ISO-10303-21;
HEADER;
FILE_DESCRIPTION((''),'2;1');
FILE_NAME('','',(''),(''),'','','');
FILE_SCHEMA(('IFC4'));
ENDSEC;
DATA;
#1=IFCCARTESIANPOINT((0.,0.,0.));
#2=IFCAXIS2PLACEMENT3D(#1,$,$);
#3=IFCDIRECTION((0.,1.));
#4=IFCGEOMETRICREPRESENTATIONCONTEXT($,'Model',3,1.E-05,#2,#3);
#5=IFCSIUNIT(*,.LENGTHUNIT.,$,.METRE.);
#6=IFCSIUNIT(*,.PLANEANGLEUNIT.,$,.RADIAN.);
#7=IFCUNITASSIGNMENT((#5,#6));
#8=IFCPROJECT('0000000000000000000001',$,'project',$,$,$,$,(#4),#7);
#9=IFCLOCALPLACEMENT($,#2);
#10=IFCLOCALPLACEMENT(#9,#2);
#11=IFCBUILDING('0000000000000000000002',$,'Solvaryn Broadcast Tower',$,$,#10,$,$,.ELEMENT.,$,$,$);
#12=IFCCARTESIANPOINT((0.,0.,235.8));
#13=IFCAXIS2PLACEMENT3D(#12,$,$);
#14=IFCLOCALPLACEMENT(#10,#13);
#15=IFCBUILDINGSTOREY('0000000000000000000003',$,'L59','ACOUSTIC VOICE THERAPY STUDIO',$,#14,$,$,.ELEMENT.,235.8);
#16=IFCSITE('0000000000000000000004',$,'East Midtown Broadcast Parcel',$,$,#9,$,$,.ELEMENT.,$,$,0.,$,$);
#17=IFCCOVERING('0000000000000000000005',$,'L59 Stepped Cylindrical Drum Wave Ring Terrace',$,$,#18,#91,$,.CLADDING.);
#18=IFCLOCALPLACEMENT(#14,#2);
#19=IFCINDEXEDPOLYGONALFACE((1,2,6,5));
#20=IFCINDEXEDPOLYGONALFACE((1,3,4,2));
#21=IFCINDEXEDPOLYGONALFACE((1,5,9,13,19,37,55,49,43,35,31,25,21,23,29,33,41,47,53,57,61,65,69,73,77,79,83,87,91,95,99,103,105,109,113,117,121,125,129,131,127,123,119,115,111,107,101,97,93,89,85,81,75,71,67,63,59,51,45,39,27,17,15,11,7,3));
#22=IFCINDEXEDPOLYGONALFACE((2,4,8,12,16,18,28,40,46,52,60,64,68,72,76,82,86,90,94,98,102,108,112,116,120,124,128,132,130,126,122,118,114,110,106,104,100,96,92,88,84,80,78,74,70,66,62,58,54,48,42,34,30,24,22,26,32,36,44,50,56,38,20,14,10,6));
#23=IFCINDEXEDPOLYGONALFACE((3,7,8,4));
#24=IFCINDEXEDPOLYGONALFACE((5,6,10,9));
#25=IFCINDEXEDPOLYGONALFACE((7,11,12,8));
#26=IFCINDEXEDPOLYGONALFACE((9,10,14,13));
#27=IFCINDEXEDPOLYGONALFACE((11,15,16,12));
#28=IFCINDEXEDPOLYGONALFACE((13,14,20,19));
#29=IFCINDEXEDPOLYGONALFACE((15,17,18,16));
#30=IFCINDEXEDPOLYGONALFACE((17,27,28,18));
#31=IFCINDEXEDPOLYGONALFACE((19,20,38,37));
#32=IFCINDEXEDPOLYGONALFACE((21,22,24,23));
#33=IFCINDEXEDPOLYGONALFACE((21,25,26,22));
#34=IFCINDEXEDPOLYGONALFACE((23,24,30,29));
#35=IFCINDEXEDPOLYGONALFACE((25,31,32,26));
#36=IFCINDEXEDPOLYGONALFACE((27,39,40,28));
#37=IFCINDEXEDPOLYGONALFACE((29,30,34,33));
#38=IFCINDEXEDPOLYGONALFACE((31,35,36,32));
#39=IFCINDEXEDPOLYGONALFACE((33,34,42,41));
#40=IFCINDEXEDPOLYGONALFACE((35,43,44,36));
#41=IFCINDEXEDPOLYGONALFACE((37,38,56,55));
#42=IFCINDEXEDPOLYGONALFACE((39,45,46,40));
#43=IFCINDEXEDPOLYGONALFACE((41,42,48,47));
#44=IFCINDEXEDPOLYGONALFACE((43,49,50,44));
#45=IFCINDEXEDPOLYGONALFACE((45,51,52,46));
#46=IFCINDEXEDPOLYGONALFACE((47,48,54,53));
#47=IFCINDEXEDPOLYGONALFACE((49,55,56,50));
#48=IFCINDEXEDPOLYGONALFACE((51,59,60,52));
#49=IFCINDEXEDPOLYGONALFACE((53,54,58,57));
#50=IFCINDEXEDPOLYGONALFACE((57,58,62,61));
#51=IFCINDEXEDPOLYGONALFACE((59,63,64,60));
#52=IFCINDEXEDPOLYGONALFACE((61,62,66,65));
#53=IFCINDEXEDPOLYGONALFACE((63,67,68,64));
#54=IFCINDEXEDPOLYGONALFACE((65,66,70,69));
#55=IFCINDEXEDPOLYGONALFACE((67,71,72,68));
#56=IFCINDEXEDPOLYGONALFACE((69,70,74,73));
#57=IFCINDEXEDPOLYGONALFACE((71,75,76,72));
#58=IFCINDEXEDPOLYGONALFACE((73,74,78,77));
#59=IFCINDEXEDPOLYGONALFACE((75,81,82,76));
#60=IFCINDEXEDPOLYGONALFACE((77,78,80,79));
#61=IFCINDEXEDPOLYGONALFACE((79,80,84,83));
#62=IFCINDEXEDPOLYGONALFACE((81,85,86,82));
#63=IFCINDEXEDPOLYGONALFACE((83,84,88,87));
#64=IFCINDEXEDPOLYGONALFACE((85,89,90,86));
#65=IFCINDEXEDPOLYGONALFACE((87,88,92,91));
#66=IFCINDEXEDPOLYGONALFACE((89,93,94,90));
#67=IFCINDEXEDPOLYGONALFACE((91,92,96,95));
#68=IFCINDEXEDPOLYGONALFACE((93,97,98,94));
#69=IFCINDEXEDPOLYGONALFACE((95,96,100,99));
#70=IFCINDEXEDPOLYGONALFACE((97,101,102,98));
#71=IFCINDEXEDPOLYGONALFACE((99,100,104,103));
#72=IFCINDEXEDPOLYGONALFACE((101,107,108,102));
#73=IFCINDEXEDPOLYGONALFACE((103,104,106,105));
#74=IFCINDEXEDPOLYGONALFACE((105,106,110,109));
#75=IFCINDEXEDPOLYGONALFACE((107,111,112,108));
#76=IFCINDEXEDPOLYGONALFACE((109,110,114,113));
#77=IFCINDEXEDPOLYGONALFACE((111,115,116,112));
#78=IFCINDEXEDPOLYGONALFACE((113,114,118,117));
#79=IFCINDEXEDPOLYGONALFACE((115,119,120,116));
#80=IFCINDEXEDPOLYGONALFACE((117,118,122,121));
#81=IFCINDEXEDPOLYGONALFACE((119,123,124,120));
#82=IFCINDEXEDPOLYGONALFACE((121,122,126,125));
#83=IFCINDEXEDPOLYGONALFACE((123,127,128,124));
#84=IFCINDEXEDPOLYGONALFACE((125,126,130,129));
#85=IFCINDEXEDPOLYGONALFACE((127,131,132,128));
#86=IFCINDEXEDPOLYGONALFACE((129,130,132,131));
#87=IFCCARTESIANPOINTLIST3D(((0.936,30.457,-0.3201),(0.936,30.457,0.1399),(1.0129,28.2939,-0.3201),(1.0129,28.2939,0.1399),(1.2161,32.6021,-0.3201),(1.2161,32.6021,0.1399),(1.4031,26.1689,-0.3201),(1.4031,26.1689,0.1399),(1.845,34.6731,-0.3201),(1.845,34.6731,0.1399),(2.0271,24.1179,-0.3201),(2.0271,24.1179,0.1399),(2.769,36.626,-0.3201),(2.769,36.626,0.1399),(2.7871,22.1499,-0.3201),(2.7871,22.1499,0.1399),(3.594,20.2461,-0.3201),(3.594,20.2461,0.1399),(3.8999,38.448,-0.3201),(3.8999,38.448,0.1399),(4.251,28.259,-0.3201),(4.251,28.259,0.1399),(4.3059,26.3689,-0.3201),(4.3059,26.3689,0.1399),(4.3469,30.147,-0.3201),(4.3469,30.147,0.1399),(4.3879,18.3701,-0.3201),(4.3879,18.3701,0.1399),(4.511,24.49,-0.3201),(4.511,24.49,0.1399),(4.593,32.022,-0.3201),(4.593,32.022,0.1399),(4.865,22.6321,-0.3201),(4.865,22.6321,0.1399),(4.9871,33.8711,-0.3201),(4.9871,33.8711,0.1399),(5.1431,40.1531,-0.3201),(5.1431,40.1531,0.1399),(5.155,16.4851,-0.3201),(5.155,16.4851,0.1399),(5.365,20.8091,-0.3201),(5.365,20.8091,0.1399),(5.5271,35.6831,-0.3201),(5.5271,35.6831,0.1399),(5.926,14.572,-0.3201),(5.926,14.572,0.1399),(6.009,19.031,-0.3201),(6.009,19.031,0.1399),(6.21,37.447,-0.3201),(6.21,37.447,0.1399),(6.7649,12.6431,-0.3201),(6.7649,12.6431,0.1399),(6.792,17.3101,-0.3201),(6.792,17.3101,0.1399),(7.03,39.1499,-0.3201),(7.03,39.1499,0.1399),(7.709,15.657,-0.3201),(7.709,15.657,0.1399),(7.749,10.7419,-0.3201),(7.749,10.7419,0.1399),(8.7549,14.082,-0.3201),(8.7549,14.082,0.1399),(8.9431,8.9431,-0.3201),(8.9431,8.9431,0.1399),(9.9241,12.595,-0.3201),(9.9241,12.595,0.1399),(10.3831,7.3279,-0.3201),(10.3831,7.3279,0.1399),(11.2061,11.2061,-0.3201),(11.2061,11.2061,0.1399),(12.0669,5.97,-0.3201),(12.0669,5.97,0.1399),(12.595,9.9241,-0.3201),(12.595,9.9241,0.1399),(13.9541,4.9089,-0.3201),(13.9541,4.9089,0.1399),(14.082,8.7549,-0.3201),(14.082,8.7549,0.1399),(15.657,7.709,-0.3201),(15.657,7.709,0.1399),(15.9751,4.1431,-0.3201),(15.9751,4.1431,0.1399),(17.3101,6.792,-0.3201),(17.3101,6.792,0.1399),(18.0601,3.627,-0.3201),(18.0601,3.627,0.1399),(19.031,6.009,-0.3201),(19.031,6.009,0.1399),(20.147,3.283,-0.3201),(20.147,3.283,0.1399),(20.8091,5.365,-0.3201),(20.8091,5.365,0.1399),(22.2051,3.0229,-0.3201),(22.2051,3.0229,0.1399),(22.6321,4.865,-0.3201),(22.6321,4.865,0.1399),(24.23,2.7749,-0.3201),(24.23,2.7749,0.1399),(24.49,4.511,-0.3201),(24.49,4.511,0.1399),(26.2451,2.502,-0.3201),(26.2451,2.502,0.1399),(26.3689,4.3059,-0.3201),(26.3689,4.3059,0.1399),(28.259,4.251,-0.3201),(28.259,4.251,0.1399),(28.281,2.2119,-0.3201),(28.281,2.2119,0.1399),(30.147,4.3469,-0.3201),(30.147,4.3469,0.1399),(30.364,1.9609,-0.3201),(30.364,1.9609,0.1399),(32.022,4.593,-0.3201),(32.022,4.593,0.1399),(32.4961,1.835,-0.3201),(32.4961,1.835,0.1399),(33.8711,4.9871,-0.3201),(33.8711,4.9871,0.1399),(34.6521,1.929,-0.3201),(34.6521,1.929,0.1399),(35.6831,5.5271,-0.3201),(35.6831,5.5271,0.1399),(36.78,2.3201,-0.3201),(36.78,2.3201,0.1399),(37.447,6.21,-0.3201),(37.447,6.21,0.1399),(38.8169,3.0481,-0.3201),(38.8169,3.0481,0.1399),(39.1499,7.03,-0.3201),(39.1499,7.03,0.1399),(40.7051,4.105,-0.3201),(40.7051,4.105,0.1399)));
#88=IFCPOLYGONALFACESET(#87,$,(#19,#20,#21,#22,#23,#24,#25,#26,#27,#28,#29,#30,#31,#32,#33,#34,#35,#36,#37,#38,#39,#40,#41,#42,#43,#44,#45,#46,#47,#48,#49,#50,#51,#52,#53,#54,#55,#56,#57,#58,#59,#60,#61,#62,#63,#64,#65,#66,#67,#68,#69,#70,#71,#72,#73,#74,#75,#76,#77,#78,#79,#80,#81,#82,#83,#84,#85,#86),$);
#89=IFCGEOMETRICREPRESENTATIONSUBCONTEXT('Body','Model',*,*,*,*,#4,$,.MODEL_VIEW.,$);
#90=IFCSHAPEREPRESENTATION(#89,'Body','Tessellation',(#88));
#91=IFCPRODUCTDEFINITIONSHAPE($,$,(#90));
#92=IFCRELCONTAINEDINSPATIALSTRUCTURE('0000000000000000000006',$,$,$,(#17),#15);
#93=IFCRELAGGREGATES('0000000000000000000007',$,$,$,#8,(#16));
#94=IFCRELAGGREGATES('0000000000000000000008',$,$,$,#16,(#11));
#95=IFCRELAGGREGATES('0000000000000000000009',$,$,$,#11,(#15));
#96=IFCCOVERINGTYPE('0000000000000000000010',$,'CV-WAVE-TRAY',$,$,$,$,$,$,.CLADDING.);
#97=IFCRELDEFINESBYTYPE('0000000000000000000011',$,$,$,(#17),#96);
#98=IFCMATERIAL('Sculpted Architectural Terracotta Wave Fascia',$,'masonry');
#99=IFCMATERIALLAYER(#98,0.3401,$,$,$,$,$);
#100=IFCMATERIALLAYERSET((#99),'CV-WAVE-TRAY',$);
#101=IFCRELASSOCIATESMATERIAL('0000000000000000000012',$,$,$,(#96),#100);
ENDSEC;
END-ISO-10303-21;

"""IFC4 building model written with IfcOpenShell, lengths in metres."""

from ifc_helpers import new_model, si_unit, direction, frame, origin, place, context, subcontext, project, spatial, polyline, outline, extrude, material, layer, layer_set, type_object, element, save


model = new_model("IFC4")

# Units and contexts
model_context = context("Model", 3, precision=1e-05, world=origin(), true_north=direction((0.0, 1.0)))
body_context = subcontext(model_context, "Body", "Model", "MODEL_VIEW")
ifc_project = project(units=[si_unit("LENGTHUNIT", "METRE"), si_unit("PLANEANGLEUNIT", "RADIAN")], contexts=[model_context])

# Site, building, storey
site_placement = place(None, origin())
site = spatial("IfcSite", under=ifc_project, at=site_placement, Name="East Midtown Broadcast Parcel", CompositionType="ELEMENT", RefElevation=0.0)
building_placement = place(site_placement, origin())
building = spatial("IfcBuilding", under=site, at=building_placement, Name="Solvaryn Broadcast Tower", CompositionType="ELEMENT")
storey_placement = place(building_placement, frame((0.0, 0.0, 235.8)))
storey = spatial("IfcBuildingStorey", under=building, at=storey_placement, Name="L59", Description="ACOUSTIC VOICE THERAPY STUDIO", CompositionType="ELEMENT", Elevation=235.8)

# Covering
ifc_material_1 = material(Name="Sculpted Architectural Terracotta Wave Fascia", Category="masonry")
ifc_layer_1 = layer(ifc_material_1, 0.3401)
ifc_layer_set_1 = layer_set([ifc_layer_1], Name="CV-WAVE-TRAY")
covering_type_1 = type_object("IfcCoveringType", Name="CV-WAVE-TRAY", PredefinedType="CLADDING", material=ifc_layer_set_1)
covering_1_placement = place(storey_placement, frame((0.0, 0.0, -0.3201)))
element("IfcCovering", 1, at=covering_1_placement, inside=storey, type_object=covering_type_1, Name="L59 Stepped Cylindrical Drum Wave Ring Terrace", PredefinedType="CLADDING", context=body_context, shape_type="SweptSolid", body=[
    extrude(outline(polyline([(5.1431, 40.1531), (3.8999, 38.448), (2.769, 36.626), (1.845, 34.6731), (1.2161, 32.6021), (0.936, 30.457), (1.0129, 28.2939), (1.4031, 26.1689), (2.0271, 24.1179), (2.7871, 22.1499), (3.594, 20.2461), (4.3879, 18.3701), (5.155, 16.4851), (5.926, 14.572), (6.7649, 12.6431), (7.749, 10.7419), (8.9431, 8.9431), (10.3831, 7.3279), (12.0669, 5.97), (13.9541, 4.9089), (15.9751, 4.1431), (18.0601, 3.627), (20.147, 3.283), (22.2051, 3.0229), (24.23, 2.7749), (26.2451, 2.502), (28.281, 2.2119), (30.364, 1.9609), (32.4961, 1.835), (34.6521, 1.929), (36.78, 2.3201), (38.8169, 3.0481), (40.7051, 4.105), (39.1499, 7.03), (37.447, 6.21), (35.6831, 5.5271), (33.8711, 4.9871), (32.022, 4.593), (30.147, 4.3469), (28.259, 4.251), (26.3689, 4.3059), (24.49, 4.511), (22.6321, 4.865), (20.8091, 5.365), (19.031, 6.009), (17.3101, 6.792), (15.657, 7.709), (14.082, 8.7549), (12.595, 9.9241), (11.2061, 11.2061), (9.9241, 12.595), (8.7549, 14.082), (7.709, 15.657), (6.792, 17.3101), (6.009, 19.031), (5.365, 20.8091), (4.865, 22.6321), (4.511, 24.49), (4.3059, 26.3689), (4.251, 28.259), (4.3469, 30.147), (4.593, 32.022), (4.9871, 33.8711), (5.5271, 35.6831), (6.21, 37.447), (7.03, 39.1499), (5.1431, 40.1531)])), origin(), (0.0, 0.0, 1.0), 0.46),
])

save(model, "model.ifc")
